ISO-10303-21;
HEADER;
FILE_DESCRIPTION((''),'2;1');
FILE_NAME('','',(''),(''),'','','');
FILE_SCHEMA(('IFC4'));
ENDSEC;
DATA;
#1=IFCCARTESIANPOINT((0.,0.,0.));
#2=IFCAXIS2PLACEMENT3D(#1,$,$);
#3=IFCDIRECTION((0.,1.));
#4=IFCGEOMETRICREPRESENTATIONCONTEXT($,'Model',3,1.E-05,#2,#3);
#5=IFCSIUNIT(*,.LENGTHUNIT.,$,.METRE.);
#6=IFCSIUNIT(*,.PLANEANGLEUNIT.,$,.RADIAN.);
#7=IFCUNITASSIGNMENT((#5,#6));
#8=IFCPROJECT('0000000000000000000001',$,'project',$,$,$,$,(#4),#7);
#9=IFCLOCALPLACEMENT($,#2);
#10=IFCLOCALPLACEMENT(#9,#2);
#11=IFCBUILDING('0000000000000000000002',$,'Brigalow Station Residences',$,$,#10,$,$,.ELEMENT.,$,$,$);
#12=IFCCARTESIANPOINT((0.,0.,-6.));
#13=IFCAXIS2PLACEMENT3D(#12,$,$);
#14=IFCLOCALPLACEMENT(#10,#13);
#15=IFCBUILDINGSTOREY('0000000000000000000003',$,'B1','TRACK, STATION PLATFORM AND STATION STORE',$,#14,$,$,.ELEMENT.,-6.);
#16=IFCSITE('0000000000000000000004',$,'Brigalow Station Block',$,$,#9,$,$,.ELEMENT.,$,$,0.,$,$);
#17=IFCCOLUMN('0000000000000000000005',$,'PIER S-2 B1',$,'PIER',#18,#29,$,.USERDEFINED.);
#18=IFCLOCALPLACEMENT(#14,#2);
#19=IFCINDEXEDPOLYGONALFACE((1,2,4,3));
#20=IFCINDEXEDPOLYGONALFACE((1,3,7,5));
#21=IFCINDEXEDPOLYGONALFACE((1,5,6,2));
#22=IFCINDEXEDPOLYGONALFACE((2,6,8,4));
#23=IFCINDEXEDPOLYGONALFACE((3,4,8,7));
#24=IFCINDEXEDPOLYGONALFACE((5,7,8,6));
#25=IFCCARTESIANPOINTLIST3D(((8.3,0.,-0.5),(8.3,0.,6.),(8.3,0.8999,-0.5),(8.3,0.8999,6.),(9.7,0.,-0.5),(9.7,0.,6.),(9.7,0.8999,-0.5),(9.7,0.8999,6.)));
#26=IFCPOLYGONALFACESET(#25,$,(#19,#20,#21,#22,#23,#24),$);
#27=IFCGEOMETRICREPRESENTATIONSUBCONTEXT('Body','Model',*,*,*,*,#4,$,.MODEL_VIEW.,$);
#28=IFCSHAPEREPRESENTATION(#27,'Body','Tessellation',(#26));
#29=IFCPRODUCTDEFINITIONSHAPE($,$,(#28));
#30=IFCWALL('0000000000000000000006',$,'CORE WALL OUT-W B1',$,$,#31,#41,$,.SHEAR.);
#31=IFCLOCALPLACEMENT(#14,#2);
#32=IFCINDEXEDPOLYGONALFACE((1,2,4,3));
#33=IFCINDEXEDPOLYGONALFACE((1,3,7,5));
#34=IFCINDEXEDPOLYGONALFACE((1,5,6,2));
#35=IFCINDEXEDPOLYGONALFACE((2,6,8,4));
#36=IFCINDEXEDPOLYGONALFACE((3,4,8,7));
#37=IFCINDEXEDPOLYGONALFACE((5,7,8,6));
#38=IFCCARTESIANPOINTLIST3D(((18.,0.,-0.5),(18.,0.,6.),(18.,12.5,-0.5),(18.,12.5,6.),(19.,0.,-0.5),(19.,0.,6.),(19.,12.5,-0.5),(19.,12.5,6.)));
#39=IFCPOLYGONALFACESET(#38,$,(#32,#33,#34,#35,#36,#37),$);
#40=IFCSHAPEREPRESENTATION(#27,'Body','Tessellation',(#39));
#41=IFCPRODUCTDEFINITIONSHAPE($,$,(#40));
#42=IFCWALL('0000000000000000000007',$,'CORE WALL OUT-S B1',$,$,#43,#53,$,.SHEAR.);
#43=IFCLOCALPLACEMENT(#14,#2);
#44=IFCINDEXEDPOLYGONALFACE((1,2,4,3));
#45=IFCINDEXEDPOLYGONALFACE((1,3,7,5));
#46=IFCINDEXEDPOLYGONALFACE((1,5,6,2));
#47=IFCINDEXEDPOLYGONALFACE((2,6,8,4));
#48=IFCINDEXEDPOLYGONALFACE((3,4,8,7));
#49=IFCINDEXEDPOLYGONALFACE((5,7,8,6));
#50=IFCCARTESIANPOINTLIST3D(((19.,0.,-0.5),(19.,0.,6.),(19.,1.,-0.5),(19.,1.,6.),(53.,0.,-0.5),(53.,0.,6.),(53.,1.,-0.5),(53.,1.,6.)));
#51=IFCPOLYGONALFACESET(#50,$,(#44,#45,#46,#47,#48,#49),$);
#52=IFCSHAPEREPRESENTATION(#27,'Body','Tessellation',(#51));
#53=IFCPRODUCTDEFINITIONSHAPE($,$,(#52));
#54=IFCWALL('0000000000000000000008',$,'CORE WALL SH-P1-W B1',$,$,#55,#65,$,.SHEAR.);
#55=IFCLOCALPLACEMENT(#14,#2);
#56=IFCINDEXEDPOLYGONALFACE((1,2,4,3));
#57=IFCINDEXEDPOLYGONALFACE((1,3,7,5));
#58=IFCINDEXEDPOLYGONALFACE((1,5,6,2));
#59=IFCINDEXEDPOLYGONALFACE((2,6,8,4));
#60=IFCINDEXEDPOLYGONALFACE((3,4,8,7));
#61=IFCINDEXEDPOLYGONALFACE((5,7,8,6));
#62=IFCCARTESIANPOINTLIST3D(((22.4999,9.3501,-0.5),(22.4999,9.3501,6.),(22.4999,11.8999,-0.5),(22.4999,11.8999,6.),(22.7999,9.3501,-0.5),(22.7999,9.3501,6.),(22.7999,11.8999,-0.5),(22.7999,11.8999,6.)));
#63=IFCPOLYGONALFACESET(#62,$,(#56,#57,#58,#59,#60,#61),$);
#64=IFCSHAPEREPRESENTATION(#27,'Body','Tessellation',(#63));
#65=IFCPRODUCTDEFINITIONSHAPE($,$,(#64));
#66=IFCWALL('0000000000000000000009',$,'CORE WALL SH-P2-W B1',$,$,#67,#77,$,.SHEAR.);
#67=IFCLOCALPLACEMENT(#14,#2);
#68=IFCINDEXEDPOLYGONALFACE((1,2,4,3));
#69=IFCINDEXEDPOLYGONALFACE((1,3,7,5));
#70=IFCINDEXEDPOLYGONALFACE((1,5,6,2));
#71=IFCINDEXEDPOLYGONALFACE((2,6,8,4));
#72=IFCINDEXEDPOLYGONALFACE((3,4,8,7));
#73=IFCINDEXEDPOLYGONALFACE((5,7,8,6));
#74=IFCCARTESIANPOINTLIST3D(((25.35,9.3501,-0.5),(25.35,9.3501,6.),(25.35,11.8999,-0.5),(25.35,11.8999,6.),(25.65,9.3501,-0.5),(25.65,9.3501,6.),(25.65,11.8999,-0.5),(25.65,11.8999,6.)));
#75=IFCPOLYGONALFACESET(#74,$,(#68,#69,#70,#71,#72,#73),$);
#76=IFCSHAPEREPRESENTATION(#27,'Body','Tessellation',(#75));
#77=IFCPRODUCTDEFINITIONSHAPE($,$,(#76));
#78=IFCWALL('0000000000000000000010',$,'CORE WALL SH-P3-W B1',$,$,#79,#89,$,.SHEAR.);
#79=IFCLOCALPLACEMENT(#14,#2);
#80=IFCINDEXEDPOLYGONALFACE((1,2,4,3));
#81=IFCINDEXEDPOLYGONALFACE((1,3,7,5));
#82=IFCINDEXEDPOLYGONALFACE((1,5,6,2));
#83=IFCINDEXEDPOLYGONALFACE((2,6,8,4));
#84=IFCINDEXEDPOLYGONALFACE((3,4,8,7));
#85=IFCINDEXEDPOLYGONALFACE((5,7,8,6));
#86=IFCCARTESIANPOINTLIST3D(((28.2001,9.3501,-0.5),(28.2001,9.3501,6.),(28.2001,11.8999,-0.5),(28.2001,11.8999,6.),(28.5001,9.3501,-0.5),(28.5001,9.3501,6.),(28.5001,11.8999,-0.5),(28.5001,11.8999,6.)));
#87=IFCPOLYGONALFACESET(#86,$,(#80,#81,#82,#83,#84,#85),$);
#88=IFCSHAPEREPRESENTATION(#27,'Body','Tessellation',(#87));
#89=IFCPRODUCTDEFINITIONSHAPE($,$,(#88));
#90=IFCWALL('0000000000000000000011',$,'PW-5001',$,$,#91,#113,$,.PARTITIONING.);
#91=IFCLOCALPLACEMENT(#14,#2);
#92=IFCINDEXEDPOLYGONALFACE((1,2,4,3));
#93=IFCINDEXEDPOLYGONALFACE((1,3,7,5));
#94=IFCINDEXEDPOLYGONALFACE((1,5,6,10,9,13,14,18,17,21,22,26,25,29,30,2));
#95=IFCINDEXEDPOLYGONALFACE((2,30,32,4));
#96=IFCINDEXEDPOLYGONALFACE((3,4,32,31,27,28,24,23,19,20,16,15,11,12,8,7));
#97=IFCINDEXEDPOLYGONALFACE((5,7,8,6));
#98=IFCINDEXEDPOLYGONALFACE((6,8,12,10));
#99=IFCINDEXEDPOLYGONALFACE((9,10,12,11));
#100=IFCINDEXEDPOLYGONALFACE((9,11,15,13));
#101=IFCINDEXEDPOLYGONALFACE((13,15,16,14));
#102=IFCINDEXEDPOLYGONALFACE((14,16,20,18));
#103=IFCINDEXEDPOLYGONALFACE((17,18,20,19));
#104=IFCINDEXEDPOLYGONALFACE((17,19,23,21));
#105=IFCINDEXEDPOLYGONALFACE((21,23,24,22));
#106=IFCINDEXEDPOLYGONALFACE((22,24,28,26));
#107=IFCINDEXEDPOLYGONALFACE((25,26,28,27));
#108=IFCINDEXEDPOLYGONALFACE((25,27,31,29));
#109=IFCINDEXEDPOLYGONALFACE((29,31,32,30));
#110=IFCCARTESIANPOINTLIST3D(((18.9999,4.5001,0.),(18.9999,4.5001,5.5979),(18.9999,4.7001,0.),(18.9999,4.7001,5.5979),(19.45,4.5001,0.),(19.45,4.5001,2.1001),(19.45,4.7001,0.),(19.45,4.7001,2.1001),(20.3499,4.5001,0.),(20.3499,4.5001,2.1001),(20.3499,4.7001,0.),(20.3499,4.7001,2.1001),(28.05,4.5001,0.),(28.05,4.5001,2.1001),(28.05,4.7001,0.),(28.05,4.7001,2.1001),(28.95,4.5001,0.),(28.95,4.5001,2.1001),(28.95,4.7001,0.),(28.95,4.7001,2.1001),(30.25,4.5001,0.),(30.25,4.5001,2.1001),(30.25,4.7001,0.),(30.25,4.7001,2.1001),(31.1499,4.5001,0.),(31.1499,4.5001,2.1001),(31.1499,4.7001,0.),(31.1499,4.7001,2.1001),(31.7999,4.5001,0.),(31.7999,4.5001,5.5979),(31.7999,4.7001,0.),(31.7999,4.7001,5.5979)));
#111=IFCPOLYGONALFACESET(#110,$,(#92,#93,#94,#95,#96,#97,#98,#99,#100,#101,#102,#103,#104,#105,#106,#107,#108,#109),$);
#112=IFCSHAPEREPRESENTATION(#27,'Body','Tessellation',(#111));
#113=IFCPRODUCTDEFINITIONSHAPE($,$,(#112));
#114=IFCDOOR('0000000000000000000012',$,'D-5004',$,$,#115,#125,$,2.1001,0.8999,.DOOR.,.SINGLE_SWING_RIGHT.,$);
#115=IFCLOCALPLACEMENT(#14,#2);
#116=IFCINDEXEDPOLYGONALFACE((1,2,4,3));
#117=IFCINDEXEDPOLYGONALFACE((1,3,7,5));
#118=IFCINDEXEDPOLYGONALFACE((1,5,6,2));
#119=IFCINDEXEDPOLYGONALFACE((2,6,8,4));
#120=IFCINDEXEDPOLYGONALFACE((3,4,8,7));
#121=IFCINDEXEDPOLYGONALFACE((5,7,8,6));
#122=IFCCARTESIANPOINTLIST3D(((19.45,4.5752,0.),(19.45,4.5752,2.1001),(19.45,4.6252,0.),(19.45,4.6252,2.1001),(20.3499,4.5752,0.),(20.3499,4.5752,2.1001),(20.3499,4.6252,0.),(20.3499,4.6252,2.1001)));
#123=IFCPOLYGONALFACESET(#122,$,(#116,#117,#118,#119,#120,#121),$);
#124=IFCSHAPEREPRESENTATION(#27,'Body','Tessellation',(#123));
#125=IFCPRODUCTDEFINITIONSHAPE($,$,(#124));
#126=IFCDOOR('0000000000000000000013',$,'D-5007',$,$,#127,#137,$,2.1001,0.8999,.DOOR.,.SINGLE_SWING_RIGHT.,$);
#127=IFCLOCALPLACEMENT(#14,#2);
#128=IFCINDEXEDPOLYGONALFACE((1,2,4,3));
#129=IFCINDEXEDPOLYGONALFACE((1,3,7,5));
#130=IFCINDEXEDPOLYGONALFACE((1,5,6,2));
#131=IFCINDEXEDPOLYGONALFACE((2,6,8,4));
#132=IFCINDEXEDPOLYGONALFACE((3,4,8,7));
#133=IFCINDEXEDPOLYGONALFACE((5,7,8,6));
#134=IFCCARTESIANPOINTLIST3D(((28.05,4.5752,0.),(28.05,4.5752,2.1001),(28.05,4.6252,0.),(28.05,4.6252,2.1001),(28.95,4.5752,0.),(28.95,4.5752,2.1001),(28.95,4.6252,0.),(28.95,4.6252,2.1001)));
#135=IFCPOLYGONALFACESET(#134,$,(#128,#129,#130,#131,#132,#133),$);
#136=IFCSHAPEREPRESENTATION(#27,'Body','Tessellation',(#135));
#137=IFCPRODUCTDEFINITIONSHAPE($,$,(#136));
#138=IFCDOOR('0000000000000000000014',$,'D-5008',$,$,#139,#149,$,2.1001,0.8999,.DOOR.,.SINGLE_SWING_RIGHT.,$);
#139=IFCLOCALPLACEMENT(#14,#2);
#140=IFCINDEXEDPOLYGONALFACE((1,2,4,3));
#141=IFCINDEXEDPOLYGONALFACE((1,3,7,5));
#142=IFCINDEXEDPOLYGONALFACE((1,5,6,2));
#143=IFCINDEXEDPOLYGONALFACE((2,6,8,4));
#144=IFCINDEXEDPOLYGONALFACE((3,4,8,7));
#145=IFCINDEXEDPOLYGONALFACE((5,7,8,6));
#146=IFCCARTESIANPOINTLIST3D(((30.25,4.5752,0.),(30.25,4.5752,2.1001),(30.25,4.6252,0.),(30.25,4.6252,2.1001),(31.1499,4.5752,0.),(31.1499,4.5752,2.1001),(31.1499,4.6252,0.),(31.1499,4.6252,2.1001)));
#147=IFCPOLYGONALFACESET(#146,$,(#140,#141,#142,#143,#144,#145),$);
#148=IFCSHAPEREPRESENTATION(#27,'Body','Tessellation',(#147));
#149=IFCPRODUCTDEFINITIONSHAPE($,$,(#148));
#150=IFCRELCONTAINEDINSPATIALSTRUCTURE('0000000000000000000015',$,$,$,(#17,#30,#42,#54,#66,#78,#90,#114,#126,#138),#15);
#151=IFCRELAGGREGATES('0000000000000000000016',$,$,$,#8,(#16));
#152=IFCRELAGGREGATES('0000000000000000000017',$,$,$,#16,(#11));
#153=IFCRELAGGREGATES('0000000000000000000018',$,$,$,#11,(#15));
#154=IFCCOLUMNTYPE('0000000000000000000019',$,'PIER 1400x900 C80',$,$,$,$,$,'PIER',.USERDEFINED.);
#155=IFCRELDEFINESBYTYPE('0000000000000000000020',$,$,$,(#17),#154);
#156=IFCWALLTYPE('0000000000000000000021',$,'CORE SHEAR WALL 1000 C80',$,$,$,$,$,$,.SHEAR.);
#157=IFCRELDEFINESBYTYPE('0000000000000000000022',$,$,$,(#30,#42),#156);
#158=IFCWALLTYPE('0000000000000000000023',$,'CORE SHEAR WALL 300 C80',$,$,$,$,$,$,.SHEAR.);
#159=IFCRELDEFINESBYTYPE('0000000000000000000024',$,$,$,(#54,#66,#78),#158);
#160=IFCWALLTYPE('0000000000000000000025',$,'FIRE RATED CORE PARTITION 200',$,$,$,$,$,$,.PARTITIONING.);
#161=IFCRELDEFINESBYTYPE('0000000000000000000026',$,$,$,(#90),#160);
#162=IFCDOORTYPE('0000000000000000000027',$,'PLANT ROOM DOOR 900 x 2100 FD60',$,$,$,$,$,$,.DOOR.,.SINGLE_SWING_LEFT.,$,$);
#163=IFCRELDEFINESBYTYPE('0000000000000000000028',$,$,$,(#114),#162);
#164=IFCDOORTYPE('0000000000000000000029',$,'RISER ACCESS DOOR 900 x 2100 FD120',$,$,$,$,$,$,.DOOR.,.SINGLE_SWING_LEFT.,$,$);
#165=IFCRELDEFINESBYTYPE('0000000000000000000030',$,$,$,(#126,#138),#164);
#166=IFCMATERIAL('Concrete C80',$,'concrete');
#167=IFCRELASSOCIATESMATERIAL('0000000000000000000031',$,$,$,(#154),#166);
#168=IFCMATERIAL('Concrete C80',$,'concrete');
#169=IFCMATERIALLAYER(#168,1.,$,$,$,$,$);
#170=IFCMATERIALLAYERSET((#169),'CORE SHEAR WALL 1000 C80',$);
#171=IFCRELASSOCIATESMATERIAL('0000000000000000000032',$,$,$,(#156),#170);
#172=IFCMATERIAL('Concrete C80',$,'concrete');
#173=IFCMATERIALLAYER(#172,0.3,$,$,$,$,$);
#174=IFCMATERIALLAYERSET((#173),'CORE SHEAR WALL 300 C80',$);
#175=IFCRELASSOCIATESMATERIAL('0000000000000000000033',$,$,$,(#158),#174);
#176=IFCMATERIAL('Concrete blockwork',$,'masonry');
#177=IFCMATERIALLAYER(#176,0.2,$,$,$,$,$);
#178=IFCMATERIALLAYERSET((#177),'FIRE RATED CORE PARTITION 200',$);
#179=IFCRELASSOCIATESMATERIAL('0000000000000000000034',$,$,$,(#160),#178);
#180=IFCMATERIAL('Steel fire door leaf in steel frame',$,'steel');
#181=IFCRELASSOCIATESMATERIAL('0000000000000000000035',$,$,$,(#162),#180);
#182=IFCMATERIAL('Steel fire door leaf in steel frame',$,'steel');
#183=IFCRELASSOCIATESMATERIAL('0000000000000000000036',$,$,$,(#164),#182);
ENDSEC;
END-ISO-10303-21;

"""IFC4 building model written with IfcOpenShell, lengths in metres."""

from ifc_helpers import new_model, si_unit, direction, frame, frame_2d, origin, origin_2d, place, context, subcontext, project, spatial, rectangle, extrude, material, layer, layer_set, material_profile, profile_set, type_object, element, fill, save


model = new_model("IFC4")

# Units and contexts
model_context = context("Model", 3, precision=1e-05, world=origin(), true_north=direction((0.0, 1.0)))
body_context = subcontext(model_context, "Body", "Model", "MODEL_VIEW")
ifc_project = project(units=[si_unit("LENGTHUNIT", "METRE"), si_unit("PLANEANGLEUNIT", "RADIAN")], contexts=[model_context])

# Site, building, storey
site_placement = place(None, origin())
site = spatial("IfcSite", under=ifc_project, at=site_placement, Name="Brigalow Station Block", CompositionType="ELEMENT", RefElevation=0.0)
building_placement = place(site_placement, origin())
building = spatial("IfcBuilding", under=site, at=building_placement, Name="Brigalow Station Residences", CompositionType="ELEMENT")
storey_placement = place(building_placement, frame((0.0, 0.0, -6.0)))
storey = spatial("IfcBuildingStorey", under=building, at=storey_placement, Name="B1", Description="TRACK, STATION PLATFORM AND STATION STORE", CompositionType="ELEMENT", Elevation=-6.0)

# Column
ifc_material_1 = material(Name="Concrete C80", Category="concrete")
ifc_material_profile_1 = material_profile(ifc_material_1, rectangle(XDim=1.3999, YDim=0.8999, at=origin_2d()), Name="RC1400x900")
ifc_profile_set_1 = profile_set([ifc_material_profile_1], Name="Concrete C80")
column_type = type_object("IfcColumnType", Name="PIER 1400x900 C80", ElementType="PIER", PredefinedType="USERDEFINED", material=ifc_profile_set_1)
column_placement = place(storey_placement, frame((9.0, 0.45, -0.5), z_axis=(0.0, 0.0, 1.0), x_axis=(1.0, 0.0, 0.0)))
element("IfcColumn", 1, at=column_placement, inside=storey, type_object=column_type, Name="PIER S-2 B1", ObjectType="PIER", PredefinedType="USERDEFINED", context=body_context, shape_type="SweptSolid", body=[
    extrude(rectangle(XDim=1.3999, YDim=0.8999, at=origin_2d()), origin(), (0.0, 0.0, 1.0), 6.5),
])

# Walls
ifc_material_2 = material(Name="Concrete C80", Category="concrete")
ifc_layer_1 = layer(ifc_material_2, 1.0)
ifc_layer_set_1 = layer_set([ifc_layer_1], Name="CORE SHEAR WALL 1000 C80")
wall_type_1 = type_object("IfcWallType", Name="CORE SHEAR WALL 1000 C80", PredefinedType="SHEAR", material=ifc_layer_set_1)
wall_1_placement = place(storey_placement, frame((18.5, 0.0, -0.5), z_axis=(0.0, 0.0, 1.0), x_axis=(0.0, 1.0, 0.0)))
element("IfcWall", 2, at=wall_1_placement, inside=storey, type_object=wall_type_1, Name="CORE WALL OUT-W B1", PredefinedType="SHEAR", context=body_context, shape_type="SweptSolid", body=[
    extrude(rectangle(XDim=12.5, YDim=1.0, at=frame_2d((6.25, 0.0))), origin(), (0.0, 0.0, 1.0), 6.5),
])
wall_2_placement = place(storey_placement, frame((19.0, 0.5, -0.5), z_axis=(0.0, 0.0, 1.0), x_axis=(1.0, 0.0, 0.0)))
element("IfcWall", 3, at=wall_2_placement, inside=storey, type_object=wall_type_1, Name="CORE WALL OUT-S B1", PredefinedType="SHEAR", context=body_context, shape_type="SweptSolid", body=[
    extrude(rectangle(XDim=34.0, YDim=1.0, at=frame_2d((17.0, 0.0))), origin(), (0.0, 0.0, 1.0), 6.5),
])
ifc_material_3 = material(Name="Concrete C80", Category="concrete")
ifc_layer_2 = layer(ifc_material_3, 0.3)
ifc_layer_set_2 = layer_set([ifc_layer_2], Name="CORE SHEAR WALL 300 C80")
wall_type_2 = type_object("IfcWallType", Name="CORE SHEAR WALL 300 C80", PredefinedType="SHEAR", material=ifc_layer_set_2)
for number, where, z_axis, x_axis, name in (
    (4, (22.6499, 9.3501, -0.5), (0.0, 0.0, 1.0), (0.0, 1.0, 0.0), "CORE WALL SH-P1-W B1"),
    (5, (25.5, 9.3501, -0.5), (0.0, 0.0, 1.0), (0.0, 1.0, 0.0), "CORE WALL SH-P2-W B1"),
    (6, (28.3501, 9.3501, -0.5), (0.0, 0.0, 1.0), (0.0, 1.0, 0.0), "CORE WALL SH-P3-W B1"),
):
    element("IfcWall", number, at=place(storey_placement, frame(where, z_axis=z_axis, x_axis=x_axis)), inside=storey, type_object=wall_type_2, Name=name, PredefinedType="SHEAR", context=body_context, shape_type="SweptSolid", body=[
        extrude(rectangle(XDim=2.5498, YDim=0.3, at=frame_2d((1.2749, 0.0))), origin(), (0.0, 0.0, 1.0), 6.5),
    ])

# Wall, openings, doors
ifc_material_4 = material(Name="Concrete blockwork", Category="masonry")
ifc_layer_3 = layer(ifc_material_4, 0.2)
ifc_layer_set_3 = layer_set([ifc_layer_3], Name="FIRE RATED CORE PARTITION 200")
wall_type_3 = type_object("IfcWallType", Name="FIRE RATED CORE PARTITION 200", PredefinedType="PARTITIONING", material=ifc_layer_set_3)
wall_3_placement = place(storey_placement, frame((19.0, 4.6001, 0.0), z_axis=(0.0, 0.0, 1.0), x_axis=(1.0, 0.0, 0.0)))
wall_3 = element("IfcWall", 7, at=wall_3_placement, inside=storey, type_object=wall_type_3, Name="PW-5001", PredefinedType="PARTITIONING", context=body_context, shape_type="SweptSolid", body=[
    extrude(rectangle(XDim=12.8, YDim=0.2, at=frame_2d((6.3999, 0.0))), origin(), (0.0, 0.0, 1.0), 5.5979),
])
opening_1_placement = place(wall_3_placement, frame((0.45, 0.0, 0.0)))
opening_1 = element("IfcOpeningElement", 8, at=opening_1_placement, cuts=wall_3, PredefinedType="OPENING", context=body_context, shape_type="SweptSolid", body=[
    extrude(rectangle(XDim=0.8999, YDim=2.1001, at=frame_2d((0.45, 1.05))), frame((0.0, 0.1099, 0.0), z_axis=(0.0, -1.0, 0.0), x_axis=(1.0, 0.0, 0.0)), (0.0, 0.0, 1.0), 0.22),
])
opening_2_placement = place(wall_3_placement, frame((9.05, 0.0, 0.0)))
opening_2 = element("IfcOpeningElement", 9, at=opening_2_placement, cuts=wall_3, PredefinedType="OPENING", context=body_context, shape_type="SweptSolid", body=[
    extrude(rectangle(XDim=0.8999, YDim=2.1001, at=frame_2d((0.45, 1.05))), frame((0.0, 0.1099, 0.0), z_axis=(0.0, -1.0, 0.0), x_axis=(1.0, 0.0, 0.0)), (0.0, 0.0, 1.0), 0.22),
])
opening_3_placement = place(wall_3_placement, frame((11.25, 0.0, 0.0)))
opening_3 = element("IfcOpeningElement", 10, at=opening_3_placement, cuts=wall_3, PredefinedType="OPENING", context=body_context, shape_type="SweptSolid", body=[
    extrude(rectangle(XDim=0.8999, YDim=2.1001, at=frame_2d((0.45, 1.05))), frame((0.0, 0.1099, 0.0), z_axis=(0.0, -1.0, 0.0), x_axis=(1.0, 0.0, 0.0)), (0.0, 0.0, 1.0), 0.22),
])
ifc_material_5 = material(Name="Steel fire door leaf in steel frame", Category="steel")
door_type_1 = type_object("IfcDoorType", Name="PLANT ROOM DOOR 900 x 2100 FD60", OperationType="SINGLE_SWING_LEFT", PredefinedType="DOOR", material=ifc_material_5)
door_1_placement = place(opening_1_placement, frame((0.8999, 0.0, 0.0), z_axis=(0.0, 0.0, 1.0), x_axis=(-1.0, 0.0, 0.0)))
door_1 = element("IfcDoor", 11, at=door_1_placement, inside=storey, type_object=door_type_1, Name="D-5004", OperationType="SINGLE_SWING_RIGHT", OverallHeight=2.1001, OverallWidth=0.8999, PredefinedType="DOOR", context=body_context, shape_type="SweptSolid", body=[
    extrude(rectangle(XDim=0.8999, YDim=2.1001, at=frame_2d((0.45, 1.05))), frame((0.0, 0.0249, 0.0), z_axis=(0.0, -1.0, 0.0), x_axis=(1.0, 0.0, 0.0)), (0.0, 0.0, 1.0), 0.05),
])
fill(opening_1, door_1)
ifc_material_6 = material(Name="Steel fire door leaf in steel frame", Category="steel")
door_type_2 = type_object("IfcDoorType", Name="RISER ACCESS DOOR 900 x 2100 FD120", OperationType="SINGLE_SWING_LEFT", PredefinedType="DOOR", material=ifc_material_6)
door_2_placement = place(opening_2_placement, frame((0.8999, 0.0, 0.0), z_axis=(0.0, 0.0, 1.0), x_axis=(-1.0, 0.0, 0.0)))
door_2 = element("IfcDoor", 12, at=door_2_placement, inside=storey, type_object=door_type_2, Name="D-5007", OperationType="SINGLE_SWING_RIGHT", OverallHeight=2.1001, OverallWidth=0.8999, PredefinedType="DOOR", context=body_context, shape_type="SweptSolid", body=[
    extrude(rectangle(XDim=0.8999, YDim=2.1001, at=frame_2d((0.45, 1.05))), frame((0.0, 0.0249, 0.0), z_axis=(0.0, -1.0, 0.0), x_axis=(1.0, 0.0, 0.0)), (0.0, 0.0, 1.0), 0.05),
])
fill(opening_2, door_2)
door_3_placement = place(opening_3_placement, frame((0.8999, 0.0, 0.0), z_axis=(0.0, 0.0, 1.0), x_axis=(-1.0, 0.0, 0.0)))
door_3 = element("IfcDoor", 13, at=door_3_placement, inside=storey, type_object=door_type_2, Name="D-5008", OperationType="SINGLE_SWING_RIGHT", OverallHeight=2.1001, OverallWidth=0.8999, PredefinedType="DOOR", context=body_context, shape_type="SweptSolid", body=[
    extrude(rectangle(XDim=0.8999, YDim=2.1001, at=frame_2d((0.45, 1.05))), frame((0.0, 0.0249, 0.0), z_axis=(0.0, -1.0, 0.0), x_axis=(1.0, 0.0, 0.0)), (0.0, 0.0, 1.0), 0.05),
])
fill(opening_3, door_3)

save(model, "model.ifc")
